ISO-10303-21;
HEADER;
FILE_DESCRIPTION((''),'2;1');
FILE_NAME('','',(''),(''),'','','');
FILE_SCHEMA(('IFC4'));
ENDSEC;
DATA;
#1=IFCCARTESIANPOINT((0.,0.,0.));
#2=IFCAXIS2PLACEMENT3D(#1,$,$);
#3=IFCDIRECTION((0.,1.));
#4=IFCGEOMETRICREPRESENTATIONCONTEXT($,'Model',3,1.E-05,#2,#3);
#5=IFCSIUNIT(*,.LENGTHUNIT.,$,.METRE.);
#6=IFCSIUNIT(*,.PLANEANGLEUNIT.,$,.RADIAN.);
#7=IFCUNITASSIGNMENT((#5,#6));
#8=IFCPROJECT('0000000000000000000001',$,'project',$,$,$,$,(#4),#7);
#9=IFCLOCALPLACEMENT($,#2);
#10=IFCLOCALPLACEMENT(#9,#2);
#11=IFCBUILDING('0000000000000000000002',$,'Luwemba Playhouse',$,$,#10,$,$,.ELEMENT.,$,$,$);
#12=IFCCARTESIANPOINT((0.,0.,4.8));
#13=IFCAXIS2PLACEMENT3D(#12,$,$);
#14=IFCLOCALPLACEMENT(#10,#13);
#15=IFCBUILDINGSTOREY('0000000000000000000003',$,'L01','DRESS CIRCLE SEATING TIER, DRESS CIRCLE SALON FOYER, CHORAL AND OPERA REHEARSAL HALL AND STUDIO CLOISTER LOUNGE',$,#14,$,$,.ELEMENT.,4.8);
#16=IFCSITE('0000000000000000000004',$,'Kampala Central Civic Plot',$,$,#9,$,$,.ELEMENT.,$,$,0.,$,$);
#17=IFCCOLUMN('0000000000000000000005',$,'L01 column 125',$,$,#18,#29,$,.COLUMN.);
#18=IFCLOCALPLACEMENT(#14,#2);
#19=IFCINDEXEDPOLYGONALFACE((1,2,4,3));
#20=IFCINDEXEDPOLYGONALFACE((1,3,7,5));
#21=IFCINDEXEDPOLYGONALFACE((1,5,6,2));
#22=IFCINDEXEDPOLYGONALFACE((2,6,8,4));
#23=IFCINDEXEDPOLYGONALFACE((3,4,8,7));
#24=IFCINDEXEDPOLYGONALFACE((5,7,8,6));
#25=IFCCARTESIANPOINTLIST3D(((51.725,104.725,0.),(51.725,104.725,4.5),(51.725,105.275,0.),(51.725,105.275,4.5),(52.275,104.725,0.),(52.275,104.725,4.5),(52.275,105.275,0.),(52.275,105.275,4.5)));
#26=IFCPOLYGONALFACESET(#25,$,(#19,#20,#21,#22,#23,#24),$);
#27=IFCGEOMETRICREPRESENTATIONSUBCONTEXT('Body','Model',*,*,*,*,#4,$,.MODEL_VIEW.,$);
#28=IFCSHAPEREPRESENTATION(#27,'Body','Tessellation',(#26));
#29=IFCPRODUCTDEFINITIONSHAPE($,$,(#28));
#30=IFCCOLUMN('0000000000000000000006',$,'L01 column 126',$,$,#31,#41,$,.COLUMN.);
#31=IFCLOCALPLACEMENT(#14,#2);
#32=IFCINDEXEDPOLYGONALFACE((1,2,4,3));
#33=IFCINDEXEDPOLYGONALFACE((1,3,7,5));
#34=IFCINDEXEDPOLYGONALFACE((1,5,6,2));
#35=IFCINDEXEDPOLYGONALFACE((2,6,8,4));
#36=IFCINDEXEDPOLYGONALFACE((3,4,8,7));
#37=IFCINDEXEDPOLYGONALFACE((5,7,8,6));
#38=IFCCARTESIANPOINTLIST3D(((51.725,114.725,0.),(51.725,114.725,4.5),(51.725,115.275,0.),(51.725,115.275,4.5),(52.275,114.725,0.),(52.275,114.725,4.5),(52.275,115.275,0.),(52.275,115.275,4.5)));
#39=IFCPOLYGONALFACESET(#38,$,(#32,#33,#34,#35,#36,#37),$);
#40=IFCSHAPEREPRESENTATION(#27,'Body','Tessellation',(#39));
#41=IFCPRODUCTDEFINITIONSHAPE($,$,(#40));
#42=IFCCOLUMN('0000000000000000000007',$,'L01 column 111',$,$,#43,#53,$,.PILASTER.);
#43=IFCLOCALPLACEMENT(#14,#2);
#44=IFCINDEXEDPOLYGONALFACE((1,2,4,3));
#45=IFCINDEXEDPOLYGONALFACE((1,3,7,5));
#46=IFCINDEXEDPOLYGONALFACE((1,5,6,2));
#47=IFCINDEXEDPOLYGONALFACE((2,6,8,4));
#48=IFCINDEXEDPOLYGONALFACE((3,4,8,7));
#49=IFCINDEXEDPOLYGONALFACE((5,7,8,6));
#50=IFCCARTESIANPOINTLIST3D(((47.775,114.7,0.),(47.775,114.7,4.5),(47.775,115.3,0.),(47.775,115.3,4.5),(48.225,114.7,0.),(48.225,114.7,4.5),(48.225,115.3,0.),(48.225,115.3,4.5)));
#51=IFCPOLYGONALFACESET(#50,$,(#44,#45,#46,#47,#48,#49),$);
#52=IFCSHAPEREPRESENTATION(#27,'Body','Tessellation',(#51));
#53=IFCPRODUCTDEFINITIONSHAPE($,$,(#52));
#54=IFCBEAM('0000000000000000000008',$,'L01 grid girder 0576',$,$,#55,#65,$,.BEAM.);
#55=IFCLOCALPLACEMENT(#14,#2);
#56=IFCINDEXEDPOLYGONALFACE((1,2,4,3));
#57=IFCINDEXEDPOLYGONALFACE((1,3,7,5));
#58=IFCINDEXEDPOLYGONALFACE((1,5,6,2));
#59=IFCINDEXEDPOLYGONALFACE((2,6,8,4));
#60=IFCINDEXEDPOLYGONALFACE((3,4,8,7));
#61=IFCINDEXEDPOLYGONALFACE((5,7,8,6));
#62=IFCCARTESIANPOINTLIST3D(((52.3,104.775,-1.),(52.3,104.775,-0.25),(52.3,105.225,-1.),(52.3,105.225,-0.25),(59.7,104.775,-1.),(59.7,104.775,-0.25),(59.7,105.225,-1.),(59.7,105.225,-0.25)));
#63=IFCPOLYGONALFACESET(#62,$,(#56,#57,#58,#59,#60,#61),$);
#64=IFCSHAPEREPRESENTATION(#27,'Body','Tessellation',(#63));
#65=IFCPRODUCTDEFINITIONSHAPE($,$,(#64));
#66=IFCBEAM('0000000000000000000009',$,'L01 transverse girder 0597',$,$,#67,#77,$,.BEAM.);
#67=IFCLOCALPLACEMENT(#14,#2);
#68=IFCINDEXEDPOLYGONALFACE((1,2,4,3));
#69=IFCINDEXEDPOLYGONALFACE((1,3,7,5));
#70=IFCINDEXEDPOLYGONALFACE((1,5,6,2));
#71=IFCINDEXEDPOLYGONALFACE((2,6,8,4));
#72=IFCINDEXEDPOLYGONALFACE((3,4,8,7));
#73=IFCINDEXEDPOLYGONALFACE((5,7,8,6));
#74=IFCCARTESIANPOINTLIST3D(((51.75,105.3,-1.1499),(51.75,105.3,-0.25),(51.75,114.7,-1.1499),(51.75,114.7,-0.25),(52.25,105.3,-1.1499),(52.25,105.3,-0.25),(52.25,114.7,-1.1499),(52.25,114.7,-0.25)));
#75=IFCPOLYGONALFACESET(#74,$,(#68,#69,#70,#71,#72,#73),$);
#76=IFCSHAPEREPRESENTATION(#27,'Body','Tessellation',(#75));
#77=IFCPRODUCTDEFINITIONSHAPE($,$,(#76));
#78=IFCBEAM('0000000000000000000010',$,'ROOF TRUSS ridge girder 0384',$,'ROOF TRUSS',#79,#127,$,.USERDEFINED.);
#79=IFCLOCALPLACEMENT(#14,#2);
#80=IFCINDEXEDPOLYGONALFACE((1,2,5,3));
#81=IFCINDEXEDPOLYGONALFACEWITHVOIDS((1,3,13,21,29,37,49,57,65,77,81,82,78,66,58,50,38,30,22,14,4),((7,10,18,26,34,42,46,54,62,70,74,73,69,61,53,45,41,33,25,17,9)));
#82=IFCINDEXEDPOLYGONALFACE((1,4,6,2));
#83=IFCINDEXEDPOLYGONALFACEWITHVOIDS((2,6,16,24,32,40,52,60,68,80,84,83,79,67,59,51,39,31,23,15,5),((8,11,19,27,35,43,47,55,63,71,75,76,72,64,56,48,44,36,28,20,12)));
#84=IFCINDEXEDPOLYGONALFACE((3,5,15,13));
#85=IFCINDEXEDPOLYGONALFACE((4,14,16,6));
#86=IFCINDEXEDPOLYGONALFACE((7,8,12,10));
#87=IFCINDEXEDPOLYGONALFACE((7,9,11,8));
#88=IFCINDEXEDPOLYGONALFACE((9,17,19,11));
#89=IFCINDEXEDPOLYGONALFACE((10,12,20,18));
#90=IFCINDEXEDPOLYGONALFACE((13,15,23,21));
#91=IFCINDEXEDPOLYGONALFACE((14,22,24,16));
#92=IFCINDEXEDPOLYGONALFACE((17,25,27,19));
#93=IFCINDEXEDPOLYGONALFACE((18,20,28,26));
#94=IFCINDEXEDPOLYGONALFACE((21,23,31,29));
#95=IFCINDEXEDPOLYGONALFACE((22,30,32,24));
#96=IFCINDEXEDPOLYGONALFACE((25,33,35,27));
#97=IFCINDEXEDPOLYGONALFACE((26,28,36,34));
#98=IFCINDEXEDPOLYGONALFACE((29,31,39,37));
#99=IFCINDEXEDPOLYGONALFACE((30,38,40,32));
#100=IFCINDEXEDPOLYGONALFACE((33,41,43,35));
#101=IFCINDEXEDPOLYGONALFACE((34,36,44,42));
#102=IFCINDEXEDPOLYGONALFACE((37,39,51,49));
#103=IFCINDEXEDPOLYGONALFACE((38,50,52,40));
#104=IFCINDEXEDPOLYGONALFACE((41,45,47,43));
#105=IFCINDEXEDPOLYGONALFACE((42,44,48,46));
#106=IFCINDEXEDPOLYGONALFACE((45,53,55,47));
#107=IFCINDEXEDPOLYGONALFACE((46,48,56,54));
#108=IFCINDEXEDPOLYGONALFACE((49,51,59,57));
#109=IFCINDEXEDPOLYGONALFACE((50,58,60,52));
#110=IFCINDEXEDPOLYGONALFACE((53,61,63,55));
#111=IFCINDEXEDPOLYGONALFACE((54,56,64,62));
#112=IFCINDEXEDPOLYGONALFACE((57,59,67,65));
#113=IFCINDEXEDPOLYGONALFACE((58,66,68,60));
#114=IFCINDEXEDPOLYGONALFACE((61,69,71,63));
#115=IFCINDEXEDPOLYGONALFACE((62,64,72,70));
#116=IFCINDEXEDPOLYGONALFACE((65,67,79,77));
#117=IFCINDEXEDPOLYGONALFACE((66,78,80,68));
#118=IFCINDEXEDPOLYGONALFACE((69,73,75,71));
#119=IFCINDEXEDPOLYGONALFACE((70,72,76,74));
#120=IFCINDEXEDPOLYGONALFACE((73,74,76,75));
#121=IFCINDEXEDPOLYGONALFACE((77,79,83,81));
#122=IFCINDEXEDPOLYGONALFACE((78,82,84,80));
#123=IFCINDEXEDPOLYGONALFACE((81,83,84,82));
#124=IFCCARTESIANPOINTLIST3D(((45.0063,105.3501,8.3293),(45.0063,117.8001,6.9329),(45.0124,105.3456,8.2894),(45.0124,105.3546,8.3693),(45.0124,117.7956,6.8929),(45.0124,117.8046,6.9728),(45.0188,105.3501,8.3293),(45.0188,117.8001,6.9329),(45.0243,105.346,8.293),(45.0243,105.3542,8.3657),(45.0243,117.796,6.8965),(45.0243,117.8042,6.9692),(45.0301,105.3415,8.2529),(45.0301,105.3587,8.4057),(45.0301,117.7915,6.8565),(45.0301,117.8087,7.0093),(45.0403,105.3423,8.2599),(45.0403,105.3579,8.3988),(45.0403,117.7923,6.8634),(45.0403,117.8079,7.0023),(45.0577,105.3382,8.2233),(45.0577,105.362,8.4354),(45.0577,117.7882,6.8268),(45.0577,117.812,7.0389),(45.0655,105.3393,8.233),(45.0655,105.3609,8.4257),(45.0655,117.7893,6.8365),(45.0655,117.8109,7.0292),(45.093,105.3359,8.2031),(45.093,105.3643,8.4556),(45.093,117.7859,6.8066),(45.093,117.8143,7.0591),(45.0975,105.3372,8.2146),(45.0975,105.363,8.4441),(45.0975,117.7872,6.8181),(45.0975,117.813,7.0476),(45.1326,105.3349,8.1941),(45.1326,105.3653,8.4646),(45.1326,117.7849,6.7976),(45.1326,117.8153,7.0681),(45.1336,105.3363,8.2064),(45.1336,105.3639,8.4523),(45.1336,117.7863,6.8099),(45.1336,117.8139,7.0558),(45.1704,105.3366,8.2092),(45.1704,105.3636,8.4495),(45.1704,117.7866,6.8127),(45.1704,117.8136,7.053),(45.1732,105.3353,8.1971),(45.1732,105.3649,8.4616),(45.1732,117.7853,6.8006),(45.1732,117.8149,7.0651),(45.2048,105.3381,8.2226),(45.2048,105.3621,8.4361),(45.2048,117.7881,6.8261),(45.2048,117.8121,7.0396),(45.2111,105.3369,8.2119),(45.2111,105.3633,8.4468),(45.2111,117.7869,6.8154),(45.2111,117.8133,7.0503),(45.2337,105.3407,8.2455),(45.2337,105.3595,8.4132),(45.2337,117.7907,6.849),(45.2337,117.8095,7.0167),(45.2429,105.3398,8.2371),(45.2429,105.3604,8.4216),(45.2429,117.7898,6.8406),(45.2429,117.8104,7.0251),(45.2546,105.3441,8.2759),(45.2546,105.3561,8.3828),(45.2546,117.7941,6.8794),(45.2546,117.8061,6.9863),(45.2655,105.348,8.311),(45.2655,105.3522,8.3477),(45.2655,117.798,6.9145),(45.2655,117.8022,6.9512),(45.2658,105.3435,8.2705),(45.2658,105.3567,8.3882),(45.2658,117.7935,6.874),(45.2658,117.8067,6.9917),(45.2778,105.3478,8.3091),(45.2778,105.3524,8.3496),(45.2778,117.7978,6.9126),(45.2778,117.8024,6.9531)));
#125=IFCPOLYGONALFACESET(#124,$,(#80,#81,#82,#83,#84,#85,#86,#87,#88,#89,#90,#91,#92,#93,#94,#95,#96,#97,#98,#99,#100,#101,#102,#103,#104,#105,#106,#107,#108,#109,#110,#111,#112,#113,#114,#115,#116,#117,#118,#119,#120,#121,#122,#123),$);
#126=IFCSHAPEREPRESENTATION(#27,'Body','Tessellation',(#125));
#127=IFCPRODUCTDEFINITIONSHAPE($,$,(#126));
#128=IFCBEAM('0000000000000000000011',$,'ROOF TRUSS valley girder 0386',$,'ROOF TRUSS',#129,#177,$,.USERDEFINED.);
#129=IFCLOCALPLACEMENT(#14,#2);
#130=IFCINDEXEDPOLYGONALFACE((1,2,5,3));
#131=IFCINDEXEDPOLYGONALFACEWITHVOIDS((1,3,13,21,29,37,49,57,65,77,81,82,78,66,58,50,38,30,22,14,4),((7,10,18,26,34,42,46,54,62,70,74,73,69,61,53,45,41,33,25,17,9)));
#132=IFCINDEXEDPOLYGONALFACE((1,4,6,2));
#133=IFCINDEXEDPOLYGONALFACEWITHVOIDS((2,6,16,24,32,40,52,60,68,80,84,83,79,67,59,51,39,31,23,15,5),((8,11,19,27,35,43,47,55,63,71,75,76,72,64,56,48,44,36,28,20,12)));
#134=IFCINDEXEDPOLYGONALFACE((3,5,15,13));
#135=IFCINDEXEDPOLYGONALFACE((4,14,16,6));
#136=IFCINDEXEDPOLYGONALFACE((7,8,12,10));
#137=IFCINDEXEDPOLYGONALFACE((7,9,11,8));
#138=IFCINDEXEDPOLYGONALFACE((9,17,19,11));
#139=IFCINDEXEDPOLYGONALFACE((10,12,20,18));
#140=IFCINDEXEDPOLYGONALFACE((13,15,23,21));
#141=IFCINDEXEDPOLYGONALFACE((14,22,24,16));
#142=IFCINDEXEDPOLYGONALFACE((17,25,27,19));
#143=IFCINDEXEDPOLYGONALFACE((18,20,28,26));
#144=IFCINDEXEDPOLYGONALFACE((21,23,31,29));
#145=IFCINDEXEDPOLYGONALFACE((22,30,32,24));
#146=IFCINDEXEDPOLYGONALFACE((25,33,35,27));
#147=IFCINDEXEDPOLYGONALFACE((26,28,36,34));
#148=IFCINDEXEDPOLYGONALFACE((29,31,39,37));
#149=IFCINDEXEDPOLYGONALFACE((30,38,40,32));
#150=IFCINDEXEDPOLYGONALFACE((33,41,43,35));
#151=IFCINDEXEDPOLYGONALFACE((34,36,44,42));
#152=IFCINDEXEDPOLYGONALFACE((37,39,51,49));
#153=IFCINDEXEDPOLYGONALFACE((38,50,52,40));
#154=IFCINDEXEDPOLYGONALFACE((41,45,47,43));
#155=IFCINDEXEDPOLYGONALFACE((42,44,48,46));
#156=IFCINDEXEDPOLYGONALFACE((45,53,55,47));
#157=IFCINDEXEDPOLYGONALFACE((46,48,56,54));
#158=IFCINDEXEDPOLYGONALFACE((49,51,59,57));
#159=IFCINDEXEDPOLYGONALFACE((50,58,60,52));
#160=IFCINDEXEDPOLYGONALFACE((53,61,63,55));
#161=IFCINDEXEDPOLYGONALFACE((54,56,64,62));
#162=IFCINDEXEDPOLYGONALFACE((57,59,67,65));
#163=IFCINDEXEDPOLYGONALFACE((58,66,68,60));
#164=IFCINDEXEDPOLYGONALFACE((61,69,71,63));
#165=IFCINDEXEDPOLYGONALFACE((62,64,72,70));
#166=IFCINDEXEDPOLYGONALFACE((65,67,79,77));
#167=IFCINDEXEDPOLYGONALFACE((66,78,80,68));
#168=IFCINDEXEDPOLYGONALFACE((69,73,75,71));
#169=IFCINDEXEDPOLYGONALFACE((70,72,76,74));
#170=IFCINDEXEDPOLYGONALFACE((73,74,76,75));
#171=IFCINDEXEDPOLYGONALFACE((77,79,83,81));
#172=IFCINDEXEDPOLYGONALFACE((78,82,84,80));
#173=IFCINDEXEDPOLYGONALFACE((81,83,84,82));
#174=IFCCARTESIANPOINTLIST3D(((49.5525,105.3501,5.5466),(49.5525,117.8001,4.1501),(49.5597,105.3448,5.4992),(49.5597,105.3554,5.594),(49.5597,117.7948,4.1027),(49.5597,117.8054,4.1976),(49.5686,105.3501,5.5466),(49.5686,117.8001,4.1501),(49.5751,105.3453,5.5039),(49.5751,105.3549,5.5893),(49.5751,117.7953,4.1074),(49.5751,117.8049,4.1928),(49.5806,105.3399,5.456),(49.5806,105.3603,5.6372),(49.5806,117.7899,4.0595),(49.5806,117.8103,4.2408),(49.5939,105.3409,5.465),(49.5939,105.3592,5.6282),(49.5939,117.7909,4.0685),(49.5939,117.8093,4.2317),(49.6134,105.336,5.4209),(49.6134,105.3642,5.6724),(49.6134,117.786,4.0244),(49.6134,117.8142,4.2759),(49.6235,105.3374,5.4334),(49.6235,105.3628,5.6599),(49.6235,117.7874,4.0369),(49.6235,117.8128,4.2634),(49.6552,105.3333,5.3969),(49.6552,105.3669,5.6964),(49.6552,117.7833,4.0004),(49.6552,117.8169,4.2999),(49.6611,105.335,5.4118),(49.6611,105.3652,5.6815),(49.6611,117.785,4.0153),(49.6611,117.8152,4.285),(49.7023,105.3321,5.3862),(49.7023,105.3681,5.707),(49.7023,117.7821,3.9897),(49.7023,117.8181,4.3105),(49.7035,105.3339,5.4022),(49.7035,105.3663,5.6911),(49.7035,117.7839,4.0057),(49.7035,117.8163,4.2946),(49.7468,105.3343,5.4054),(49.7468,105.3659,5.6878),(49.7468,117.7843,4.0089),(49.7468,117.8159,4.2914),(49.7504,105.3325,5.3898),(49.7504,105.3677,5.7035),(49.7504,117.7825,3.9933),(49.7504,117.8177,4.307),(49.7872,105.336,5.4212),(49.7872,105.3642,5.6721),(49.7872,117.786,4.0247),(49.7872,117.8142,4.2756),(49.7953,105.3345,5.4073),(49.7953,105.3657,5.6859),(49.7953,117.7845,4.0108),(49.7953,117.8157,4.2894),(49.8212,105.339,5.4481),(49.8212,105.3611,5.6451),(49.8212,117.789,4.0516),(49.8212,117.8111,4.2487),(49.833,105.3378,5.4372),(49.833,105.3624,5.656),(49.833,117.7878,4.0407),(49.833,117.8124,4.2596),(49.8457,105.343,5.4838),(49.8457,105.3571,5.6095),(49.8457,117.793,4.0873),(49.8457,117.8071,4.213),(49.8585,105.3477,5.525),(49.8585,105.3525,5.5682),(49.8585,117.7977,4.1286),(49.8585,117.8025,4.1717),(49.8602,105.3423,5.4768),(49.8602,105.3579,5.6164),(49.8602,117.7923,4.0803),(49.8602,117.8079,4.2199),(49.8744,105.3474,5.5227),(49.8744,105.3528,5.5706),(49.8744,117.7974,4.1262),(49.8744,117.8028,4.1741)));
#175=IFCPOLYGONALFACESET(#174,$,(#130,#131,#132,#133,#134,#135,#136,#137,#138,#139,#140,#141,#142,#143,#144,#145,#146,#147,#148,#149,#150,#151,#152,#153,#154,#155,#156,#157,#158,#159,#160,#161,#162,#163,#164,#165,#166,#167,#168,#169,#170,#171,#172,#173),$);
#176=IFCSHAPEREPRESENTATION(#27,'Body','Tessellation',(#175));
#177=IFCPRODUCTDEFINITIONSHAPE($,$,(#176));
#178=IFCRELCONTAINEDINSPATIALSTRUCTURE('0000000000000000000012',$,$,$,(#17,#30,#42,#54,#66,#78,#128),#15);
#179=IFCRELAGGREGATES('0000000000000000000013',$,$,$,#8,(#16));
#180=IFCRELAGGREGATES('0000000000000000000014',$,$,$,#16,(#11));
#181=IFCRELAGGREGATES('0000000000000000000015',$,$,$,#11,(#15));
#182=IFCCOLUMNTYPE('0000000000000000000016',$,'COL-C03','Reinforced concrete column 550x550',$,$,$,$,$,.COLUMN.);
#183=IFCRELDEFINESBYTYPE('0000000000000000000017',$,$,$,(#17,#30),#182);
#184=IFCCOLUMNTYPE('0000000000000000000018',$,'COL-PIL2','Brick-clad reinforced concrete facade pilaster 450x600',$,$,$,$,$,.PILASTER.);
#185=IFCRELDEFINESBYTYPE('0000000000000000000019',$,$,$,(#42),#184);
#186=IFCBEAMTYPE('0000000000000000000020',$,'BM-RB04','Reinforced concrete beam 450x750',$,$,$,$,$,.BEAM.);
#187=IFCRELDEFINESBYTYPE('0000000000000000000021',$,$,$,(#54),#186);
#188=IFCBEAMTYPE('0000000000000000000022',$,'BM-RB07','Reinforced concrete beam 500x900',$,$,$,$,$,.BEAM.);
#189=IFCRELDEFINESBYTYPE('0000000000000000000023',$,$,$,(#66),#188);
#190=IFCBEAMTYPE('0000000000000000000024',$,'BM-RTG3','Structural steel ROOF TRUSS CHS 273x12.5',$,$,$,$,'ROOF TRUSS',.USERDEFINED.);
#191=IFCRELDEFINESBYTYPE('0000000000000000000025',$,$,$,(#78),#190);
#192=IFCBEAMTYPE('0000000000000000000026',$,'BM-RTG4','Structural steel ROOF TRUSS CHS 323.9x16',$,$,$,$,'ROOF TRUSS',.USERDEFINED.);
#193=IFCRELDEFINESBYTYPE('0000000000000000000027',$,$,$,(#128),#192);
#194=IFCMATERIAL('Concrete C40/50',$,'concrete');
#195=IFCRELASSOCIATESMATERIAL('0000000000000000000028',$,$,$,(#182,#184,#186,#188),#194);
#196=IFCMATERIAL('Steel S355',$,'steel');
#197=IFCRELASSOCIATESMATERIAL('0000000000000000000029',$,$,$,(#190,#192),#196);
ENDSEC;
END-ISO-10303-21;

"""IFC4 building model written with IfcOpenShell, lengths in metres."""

from ifc_helpers import new_model, si_unit, direction, frame, origin, origin_2d, place, context, subcontext, project, spatial, rectangle, hollow_circle, extrude, material, material_profile, profile_set, type_object, element, save


model = new_model("IFC4")

# Units and contexts
model_context = context("Model", 3, precision=1e-05, world=origin(), true_north=direction((0.0, 1.0)))
body_context = subcontext(model_context, "Body", "Model", "MODEL_VIEW")
ifc_project = project(units=[si_unit("LENGTHUNIT", "METRE"), si_unit("PLANEANGLEUNIT", "RADIAN")], contexts=[model_context])

# Site, building, storey
site_placement = place(None, origin())
site = spatial("IfcSite", under=ifc_project, at=site_placement, Name="Kampala Central Civic Plot", CompositionType="ELEMENT", RefElevation=0.0)
building_placement = place(site_placement, origin())
building = spatial("IfcBuilding", under=site, at=building_placement, Name="Luwemba Playhouse", CompositionType="ELEMENT")
storey_placement = place(building_placement, frame((0.0, 0.0, 4.8)))
storey = spatial("IfcBuildingStorey", under=building, at=storey_placement, Name="L01", Description="DRESS CIRCLE SEATING TIER, DRESS CIRCLE SALON FOYER, CHORAL AND OPERA REHEARSAL HALL AND STUDIO CLOISTER LOUNGE", CompositionType="ELEMENT", Elevation=4.8)

# Columns
ifc_material_1 = material(Name="Concrete C40/50", Category="concrete")
ifc_material_profile_1 = material_profile(ifc_material_1, rectangle(XDim=0.55, YDim=0.55, at=origin_2d()))
ifc_profile_set_1 = profile_set([ifc_material_profile_1], Name="Concrete C40/50")
column_type_1 = type_object("IfcColumnType", Name="COL-C03", Description="Reinforced concrete column 550x550", PredefinedType="COLUMN", material=ifc_profile_set_1)
for number, where, z_axis, x_axis, name in (
    (1, (52.0, 105.0, 0.0), (0.0, 0.0, 1.0), (1.0, 0.0, 0.0), "L01 column 125"),
    (2, (52.0, 115.0, 0.0), (0.0, 0.0, 1.0), (1.0, 0.0, 0.0), "L01 column 126"),
):
    element("IfcColumn", number, at=place(storey_placement, frame(where, z_axis=z_axis, x_axis=x_axis)), inside=storey, type_object=column_type_1, Name=name, PredefinedType="COLUMN", context=body_context, shape_type="SweptSolid", body=[
        extrude(rectangle(XDim=0.55, YDim=0.55, at=origin_2d()), origin(), (0.0, 0.0, 1.0), 4.5),
    ])
ifc_material_profile_2 = material_profile(ifc_material_1, rectangle(XDim=0.45, YDim=0.6001, at=origin_2d()))
ifc_profile_set_2 = profile_set([ifc_material_profile_2], Name="Concrete C40/50")
column_type_2 = type_object("IfcColumnType", Name="COL-PIL2", Description="Brick-clad reinforced concrete facade pilaster 450x600", PredefinedType="PILASTER", material=ifc_profile_set_2)
column_placement = place(storey_placement, frame((48.0, 115.0, 0.0), z_axis=(0.0, 0.0, 1.0), x_axis=(1.0, 0.0, 0.0)))
element("IfcColumn", 3, at=column_placement, inside=storey, type_object=column_type_2, Name="L01 column 111", PredefinedType="PILASTER", context=body_context, shape_type="SweptSolid", body=[
    extrude(rectangle(XDim=0.45, YDim=0.6001, at=origin_2d()), origin(), (0.0, 0.0, 1.0), 4.5),
])

# Beams
ifc_material_profile_3 = material_profile(ifc_material_1, rectangle(XDim=0.45, YDim=0.75, at=origin_2d()))
ifc_profile_set_3 = profile_set([ifc_material_profile_3], Name="Concrete C40/50")
beam_type_1 = type_object("IfcBeamType", Name="BM-RB04", Description="Reinforced concrete beam 450x750", PredefinedType="BEAM", material=ifc_profile_set_3)
beam_1_placement = place(storey_placement, frame((52.3, 105.0, -0.625), z_axis=(1.0, 0.0, 0.0), x_axis=(0.0, 1.0, 0.0)))
element("IfcBeam", 4, at=beam_1_placement, inside=storey, type_object=beam_type_1, Name="L01 grid girder 0576", PredefinedType="BEAM", context=body_context, shape_type="SweptSolid", body=[
    extrude(rectangle(XDim=0.45, YDim=0.75, at=origin_2d()), origin(), (0.0, 0.0, 1.0), 7.3999),
])
ifc_material_profile_4 = material_profile(ifc_material_1, rectangle(XDim=0.5, YDim=0.8999, at=origin_2d()))
ifc_profile_set_4 = profile_set([ifc_material_profile_4], Name="Concrete C40/50")
beam_type_2 = type_object("IfcBeamType", Name="BM-RB07", Description="Reinforced concrete beam 500x900", PredefinedType="BEAM", material=ifc_profile_set_4)
beam_2_placement = place(storey_placement, frame((52.0, 105.3, -0.7), z_axis=(0.0, 1.0, 0.0), x_axis=(-1.0, 0.0, 0.0)))
element("IfcBeam", 5, at=beam_2_placement, inside=storey, type_object=beam_type_2, Name="L01 transverse girder 0597", PredefinedType="BEAM", context=body_context, shape_type="SweptSolid", body=[
    extrude(rectangle(XDim=0.5, YDim=0.8999, at=origin_2d()), origin(), (0.0, 0.0, 1.0), 9.3999),
])
ifc_material_2 = material(Name="Steel S355", Category="steel")
ifc_material_profile_5 = material_profile(ifc_material_2, hollow_circle(Radius=0.1365, WallThickness=0.0125, at=origin_2d()))
ifc_profile_set_5 = profile_set([ifc_material_profile_5], Name="Steel S355")
beam_type_3 = type_object("IfcBeamType", Name="BM-RTG3", Description="Structural steel ROOF TRUSS CHS 273x12.5", ElementType="ROOF TRUSS", PredefinedType="USERDEFINED", material=ifc_profile_set_5)
beam_3_placement = place(storey_placement, frame((45.1428, 105.3501, 8.3293), z_axis=(0.0, 0.993768, -0.111469), x_axis=(-1.0, 0.0, 0.0)))
element("IfcBeam", 6, at=beam_3_placement, inside=storey, type_object=beam_type_3, Name="ROOF TRUSS ridge girder 0384", ObjectType="ROOF TRUSS", PredefinedType="USERDEFINED", context=body_context, shape_type="SweptSolid", body=[
    extrude(hollow_circle(Radius=0.1365, WallThickness=0.0125, at=origin_2d()), origin(), (0.0, 0.0, 1.0), 12.5281),
])
ifc_material_profile_6 = material_profile(ifc_material_2, hollow_circle(Radius=0.1619, WallThickness=0.0161, at=origin_2d()))
ifc_profile_set_6 = profile_set([ifc_material_profile_6], Name="Steel S355")
beam_type_4 = type_object("IfcBeamType", Name="BM-RTG4", Description="Structural steel ROOF TRUSS CHS 323.9x16", ElementType="ROOF TRUSS", PredefinedType="USERDEFINED", material=ifc_profile_set_6)
beam_4_placement = place(storey_placement, frame((49.7144, 105.3501, 5.5466), z_axis=(0.0, 0.993768, -0.111469), x_axis=(-1.0, 0.0, 0.0)))
element("IfcBeam", 7, at=beam_4_placement, inside=storey, type_object=beam_type_4, Name="ROOF TRUSS valley girder 0386", ObjectType="ROOF TRUSS", PredefinedType="USERDEFINED", context=body_context, shape_type="SweptSolid", body=[
    extrude(hollow_circle(Radius=0.1619, WallThickness=0.0161, at=origin_2d()), origin(), (0.0, 0.0, 1.0), 12.5281),
])

save(model, "model.ifc")
